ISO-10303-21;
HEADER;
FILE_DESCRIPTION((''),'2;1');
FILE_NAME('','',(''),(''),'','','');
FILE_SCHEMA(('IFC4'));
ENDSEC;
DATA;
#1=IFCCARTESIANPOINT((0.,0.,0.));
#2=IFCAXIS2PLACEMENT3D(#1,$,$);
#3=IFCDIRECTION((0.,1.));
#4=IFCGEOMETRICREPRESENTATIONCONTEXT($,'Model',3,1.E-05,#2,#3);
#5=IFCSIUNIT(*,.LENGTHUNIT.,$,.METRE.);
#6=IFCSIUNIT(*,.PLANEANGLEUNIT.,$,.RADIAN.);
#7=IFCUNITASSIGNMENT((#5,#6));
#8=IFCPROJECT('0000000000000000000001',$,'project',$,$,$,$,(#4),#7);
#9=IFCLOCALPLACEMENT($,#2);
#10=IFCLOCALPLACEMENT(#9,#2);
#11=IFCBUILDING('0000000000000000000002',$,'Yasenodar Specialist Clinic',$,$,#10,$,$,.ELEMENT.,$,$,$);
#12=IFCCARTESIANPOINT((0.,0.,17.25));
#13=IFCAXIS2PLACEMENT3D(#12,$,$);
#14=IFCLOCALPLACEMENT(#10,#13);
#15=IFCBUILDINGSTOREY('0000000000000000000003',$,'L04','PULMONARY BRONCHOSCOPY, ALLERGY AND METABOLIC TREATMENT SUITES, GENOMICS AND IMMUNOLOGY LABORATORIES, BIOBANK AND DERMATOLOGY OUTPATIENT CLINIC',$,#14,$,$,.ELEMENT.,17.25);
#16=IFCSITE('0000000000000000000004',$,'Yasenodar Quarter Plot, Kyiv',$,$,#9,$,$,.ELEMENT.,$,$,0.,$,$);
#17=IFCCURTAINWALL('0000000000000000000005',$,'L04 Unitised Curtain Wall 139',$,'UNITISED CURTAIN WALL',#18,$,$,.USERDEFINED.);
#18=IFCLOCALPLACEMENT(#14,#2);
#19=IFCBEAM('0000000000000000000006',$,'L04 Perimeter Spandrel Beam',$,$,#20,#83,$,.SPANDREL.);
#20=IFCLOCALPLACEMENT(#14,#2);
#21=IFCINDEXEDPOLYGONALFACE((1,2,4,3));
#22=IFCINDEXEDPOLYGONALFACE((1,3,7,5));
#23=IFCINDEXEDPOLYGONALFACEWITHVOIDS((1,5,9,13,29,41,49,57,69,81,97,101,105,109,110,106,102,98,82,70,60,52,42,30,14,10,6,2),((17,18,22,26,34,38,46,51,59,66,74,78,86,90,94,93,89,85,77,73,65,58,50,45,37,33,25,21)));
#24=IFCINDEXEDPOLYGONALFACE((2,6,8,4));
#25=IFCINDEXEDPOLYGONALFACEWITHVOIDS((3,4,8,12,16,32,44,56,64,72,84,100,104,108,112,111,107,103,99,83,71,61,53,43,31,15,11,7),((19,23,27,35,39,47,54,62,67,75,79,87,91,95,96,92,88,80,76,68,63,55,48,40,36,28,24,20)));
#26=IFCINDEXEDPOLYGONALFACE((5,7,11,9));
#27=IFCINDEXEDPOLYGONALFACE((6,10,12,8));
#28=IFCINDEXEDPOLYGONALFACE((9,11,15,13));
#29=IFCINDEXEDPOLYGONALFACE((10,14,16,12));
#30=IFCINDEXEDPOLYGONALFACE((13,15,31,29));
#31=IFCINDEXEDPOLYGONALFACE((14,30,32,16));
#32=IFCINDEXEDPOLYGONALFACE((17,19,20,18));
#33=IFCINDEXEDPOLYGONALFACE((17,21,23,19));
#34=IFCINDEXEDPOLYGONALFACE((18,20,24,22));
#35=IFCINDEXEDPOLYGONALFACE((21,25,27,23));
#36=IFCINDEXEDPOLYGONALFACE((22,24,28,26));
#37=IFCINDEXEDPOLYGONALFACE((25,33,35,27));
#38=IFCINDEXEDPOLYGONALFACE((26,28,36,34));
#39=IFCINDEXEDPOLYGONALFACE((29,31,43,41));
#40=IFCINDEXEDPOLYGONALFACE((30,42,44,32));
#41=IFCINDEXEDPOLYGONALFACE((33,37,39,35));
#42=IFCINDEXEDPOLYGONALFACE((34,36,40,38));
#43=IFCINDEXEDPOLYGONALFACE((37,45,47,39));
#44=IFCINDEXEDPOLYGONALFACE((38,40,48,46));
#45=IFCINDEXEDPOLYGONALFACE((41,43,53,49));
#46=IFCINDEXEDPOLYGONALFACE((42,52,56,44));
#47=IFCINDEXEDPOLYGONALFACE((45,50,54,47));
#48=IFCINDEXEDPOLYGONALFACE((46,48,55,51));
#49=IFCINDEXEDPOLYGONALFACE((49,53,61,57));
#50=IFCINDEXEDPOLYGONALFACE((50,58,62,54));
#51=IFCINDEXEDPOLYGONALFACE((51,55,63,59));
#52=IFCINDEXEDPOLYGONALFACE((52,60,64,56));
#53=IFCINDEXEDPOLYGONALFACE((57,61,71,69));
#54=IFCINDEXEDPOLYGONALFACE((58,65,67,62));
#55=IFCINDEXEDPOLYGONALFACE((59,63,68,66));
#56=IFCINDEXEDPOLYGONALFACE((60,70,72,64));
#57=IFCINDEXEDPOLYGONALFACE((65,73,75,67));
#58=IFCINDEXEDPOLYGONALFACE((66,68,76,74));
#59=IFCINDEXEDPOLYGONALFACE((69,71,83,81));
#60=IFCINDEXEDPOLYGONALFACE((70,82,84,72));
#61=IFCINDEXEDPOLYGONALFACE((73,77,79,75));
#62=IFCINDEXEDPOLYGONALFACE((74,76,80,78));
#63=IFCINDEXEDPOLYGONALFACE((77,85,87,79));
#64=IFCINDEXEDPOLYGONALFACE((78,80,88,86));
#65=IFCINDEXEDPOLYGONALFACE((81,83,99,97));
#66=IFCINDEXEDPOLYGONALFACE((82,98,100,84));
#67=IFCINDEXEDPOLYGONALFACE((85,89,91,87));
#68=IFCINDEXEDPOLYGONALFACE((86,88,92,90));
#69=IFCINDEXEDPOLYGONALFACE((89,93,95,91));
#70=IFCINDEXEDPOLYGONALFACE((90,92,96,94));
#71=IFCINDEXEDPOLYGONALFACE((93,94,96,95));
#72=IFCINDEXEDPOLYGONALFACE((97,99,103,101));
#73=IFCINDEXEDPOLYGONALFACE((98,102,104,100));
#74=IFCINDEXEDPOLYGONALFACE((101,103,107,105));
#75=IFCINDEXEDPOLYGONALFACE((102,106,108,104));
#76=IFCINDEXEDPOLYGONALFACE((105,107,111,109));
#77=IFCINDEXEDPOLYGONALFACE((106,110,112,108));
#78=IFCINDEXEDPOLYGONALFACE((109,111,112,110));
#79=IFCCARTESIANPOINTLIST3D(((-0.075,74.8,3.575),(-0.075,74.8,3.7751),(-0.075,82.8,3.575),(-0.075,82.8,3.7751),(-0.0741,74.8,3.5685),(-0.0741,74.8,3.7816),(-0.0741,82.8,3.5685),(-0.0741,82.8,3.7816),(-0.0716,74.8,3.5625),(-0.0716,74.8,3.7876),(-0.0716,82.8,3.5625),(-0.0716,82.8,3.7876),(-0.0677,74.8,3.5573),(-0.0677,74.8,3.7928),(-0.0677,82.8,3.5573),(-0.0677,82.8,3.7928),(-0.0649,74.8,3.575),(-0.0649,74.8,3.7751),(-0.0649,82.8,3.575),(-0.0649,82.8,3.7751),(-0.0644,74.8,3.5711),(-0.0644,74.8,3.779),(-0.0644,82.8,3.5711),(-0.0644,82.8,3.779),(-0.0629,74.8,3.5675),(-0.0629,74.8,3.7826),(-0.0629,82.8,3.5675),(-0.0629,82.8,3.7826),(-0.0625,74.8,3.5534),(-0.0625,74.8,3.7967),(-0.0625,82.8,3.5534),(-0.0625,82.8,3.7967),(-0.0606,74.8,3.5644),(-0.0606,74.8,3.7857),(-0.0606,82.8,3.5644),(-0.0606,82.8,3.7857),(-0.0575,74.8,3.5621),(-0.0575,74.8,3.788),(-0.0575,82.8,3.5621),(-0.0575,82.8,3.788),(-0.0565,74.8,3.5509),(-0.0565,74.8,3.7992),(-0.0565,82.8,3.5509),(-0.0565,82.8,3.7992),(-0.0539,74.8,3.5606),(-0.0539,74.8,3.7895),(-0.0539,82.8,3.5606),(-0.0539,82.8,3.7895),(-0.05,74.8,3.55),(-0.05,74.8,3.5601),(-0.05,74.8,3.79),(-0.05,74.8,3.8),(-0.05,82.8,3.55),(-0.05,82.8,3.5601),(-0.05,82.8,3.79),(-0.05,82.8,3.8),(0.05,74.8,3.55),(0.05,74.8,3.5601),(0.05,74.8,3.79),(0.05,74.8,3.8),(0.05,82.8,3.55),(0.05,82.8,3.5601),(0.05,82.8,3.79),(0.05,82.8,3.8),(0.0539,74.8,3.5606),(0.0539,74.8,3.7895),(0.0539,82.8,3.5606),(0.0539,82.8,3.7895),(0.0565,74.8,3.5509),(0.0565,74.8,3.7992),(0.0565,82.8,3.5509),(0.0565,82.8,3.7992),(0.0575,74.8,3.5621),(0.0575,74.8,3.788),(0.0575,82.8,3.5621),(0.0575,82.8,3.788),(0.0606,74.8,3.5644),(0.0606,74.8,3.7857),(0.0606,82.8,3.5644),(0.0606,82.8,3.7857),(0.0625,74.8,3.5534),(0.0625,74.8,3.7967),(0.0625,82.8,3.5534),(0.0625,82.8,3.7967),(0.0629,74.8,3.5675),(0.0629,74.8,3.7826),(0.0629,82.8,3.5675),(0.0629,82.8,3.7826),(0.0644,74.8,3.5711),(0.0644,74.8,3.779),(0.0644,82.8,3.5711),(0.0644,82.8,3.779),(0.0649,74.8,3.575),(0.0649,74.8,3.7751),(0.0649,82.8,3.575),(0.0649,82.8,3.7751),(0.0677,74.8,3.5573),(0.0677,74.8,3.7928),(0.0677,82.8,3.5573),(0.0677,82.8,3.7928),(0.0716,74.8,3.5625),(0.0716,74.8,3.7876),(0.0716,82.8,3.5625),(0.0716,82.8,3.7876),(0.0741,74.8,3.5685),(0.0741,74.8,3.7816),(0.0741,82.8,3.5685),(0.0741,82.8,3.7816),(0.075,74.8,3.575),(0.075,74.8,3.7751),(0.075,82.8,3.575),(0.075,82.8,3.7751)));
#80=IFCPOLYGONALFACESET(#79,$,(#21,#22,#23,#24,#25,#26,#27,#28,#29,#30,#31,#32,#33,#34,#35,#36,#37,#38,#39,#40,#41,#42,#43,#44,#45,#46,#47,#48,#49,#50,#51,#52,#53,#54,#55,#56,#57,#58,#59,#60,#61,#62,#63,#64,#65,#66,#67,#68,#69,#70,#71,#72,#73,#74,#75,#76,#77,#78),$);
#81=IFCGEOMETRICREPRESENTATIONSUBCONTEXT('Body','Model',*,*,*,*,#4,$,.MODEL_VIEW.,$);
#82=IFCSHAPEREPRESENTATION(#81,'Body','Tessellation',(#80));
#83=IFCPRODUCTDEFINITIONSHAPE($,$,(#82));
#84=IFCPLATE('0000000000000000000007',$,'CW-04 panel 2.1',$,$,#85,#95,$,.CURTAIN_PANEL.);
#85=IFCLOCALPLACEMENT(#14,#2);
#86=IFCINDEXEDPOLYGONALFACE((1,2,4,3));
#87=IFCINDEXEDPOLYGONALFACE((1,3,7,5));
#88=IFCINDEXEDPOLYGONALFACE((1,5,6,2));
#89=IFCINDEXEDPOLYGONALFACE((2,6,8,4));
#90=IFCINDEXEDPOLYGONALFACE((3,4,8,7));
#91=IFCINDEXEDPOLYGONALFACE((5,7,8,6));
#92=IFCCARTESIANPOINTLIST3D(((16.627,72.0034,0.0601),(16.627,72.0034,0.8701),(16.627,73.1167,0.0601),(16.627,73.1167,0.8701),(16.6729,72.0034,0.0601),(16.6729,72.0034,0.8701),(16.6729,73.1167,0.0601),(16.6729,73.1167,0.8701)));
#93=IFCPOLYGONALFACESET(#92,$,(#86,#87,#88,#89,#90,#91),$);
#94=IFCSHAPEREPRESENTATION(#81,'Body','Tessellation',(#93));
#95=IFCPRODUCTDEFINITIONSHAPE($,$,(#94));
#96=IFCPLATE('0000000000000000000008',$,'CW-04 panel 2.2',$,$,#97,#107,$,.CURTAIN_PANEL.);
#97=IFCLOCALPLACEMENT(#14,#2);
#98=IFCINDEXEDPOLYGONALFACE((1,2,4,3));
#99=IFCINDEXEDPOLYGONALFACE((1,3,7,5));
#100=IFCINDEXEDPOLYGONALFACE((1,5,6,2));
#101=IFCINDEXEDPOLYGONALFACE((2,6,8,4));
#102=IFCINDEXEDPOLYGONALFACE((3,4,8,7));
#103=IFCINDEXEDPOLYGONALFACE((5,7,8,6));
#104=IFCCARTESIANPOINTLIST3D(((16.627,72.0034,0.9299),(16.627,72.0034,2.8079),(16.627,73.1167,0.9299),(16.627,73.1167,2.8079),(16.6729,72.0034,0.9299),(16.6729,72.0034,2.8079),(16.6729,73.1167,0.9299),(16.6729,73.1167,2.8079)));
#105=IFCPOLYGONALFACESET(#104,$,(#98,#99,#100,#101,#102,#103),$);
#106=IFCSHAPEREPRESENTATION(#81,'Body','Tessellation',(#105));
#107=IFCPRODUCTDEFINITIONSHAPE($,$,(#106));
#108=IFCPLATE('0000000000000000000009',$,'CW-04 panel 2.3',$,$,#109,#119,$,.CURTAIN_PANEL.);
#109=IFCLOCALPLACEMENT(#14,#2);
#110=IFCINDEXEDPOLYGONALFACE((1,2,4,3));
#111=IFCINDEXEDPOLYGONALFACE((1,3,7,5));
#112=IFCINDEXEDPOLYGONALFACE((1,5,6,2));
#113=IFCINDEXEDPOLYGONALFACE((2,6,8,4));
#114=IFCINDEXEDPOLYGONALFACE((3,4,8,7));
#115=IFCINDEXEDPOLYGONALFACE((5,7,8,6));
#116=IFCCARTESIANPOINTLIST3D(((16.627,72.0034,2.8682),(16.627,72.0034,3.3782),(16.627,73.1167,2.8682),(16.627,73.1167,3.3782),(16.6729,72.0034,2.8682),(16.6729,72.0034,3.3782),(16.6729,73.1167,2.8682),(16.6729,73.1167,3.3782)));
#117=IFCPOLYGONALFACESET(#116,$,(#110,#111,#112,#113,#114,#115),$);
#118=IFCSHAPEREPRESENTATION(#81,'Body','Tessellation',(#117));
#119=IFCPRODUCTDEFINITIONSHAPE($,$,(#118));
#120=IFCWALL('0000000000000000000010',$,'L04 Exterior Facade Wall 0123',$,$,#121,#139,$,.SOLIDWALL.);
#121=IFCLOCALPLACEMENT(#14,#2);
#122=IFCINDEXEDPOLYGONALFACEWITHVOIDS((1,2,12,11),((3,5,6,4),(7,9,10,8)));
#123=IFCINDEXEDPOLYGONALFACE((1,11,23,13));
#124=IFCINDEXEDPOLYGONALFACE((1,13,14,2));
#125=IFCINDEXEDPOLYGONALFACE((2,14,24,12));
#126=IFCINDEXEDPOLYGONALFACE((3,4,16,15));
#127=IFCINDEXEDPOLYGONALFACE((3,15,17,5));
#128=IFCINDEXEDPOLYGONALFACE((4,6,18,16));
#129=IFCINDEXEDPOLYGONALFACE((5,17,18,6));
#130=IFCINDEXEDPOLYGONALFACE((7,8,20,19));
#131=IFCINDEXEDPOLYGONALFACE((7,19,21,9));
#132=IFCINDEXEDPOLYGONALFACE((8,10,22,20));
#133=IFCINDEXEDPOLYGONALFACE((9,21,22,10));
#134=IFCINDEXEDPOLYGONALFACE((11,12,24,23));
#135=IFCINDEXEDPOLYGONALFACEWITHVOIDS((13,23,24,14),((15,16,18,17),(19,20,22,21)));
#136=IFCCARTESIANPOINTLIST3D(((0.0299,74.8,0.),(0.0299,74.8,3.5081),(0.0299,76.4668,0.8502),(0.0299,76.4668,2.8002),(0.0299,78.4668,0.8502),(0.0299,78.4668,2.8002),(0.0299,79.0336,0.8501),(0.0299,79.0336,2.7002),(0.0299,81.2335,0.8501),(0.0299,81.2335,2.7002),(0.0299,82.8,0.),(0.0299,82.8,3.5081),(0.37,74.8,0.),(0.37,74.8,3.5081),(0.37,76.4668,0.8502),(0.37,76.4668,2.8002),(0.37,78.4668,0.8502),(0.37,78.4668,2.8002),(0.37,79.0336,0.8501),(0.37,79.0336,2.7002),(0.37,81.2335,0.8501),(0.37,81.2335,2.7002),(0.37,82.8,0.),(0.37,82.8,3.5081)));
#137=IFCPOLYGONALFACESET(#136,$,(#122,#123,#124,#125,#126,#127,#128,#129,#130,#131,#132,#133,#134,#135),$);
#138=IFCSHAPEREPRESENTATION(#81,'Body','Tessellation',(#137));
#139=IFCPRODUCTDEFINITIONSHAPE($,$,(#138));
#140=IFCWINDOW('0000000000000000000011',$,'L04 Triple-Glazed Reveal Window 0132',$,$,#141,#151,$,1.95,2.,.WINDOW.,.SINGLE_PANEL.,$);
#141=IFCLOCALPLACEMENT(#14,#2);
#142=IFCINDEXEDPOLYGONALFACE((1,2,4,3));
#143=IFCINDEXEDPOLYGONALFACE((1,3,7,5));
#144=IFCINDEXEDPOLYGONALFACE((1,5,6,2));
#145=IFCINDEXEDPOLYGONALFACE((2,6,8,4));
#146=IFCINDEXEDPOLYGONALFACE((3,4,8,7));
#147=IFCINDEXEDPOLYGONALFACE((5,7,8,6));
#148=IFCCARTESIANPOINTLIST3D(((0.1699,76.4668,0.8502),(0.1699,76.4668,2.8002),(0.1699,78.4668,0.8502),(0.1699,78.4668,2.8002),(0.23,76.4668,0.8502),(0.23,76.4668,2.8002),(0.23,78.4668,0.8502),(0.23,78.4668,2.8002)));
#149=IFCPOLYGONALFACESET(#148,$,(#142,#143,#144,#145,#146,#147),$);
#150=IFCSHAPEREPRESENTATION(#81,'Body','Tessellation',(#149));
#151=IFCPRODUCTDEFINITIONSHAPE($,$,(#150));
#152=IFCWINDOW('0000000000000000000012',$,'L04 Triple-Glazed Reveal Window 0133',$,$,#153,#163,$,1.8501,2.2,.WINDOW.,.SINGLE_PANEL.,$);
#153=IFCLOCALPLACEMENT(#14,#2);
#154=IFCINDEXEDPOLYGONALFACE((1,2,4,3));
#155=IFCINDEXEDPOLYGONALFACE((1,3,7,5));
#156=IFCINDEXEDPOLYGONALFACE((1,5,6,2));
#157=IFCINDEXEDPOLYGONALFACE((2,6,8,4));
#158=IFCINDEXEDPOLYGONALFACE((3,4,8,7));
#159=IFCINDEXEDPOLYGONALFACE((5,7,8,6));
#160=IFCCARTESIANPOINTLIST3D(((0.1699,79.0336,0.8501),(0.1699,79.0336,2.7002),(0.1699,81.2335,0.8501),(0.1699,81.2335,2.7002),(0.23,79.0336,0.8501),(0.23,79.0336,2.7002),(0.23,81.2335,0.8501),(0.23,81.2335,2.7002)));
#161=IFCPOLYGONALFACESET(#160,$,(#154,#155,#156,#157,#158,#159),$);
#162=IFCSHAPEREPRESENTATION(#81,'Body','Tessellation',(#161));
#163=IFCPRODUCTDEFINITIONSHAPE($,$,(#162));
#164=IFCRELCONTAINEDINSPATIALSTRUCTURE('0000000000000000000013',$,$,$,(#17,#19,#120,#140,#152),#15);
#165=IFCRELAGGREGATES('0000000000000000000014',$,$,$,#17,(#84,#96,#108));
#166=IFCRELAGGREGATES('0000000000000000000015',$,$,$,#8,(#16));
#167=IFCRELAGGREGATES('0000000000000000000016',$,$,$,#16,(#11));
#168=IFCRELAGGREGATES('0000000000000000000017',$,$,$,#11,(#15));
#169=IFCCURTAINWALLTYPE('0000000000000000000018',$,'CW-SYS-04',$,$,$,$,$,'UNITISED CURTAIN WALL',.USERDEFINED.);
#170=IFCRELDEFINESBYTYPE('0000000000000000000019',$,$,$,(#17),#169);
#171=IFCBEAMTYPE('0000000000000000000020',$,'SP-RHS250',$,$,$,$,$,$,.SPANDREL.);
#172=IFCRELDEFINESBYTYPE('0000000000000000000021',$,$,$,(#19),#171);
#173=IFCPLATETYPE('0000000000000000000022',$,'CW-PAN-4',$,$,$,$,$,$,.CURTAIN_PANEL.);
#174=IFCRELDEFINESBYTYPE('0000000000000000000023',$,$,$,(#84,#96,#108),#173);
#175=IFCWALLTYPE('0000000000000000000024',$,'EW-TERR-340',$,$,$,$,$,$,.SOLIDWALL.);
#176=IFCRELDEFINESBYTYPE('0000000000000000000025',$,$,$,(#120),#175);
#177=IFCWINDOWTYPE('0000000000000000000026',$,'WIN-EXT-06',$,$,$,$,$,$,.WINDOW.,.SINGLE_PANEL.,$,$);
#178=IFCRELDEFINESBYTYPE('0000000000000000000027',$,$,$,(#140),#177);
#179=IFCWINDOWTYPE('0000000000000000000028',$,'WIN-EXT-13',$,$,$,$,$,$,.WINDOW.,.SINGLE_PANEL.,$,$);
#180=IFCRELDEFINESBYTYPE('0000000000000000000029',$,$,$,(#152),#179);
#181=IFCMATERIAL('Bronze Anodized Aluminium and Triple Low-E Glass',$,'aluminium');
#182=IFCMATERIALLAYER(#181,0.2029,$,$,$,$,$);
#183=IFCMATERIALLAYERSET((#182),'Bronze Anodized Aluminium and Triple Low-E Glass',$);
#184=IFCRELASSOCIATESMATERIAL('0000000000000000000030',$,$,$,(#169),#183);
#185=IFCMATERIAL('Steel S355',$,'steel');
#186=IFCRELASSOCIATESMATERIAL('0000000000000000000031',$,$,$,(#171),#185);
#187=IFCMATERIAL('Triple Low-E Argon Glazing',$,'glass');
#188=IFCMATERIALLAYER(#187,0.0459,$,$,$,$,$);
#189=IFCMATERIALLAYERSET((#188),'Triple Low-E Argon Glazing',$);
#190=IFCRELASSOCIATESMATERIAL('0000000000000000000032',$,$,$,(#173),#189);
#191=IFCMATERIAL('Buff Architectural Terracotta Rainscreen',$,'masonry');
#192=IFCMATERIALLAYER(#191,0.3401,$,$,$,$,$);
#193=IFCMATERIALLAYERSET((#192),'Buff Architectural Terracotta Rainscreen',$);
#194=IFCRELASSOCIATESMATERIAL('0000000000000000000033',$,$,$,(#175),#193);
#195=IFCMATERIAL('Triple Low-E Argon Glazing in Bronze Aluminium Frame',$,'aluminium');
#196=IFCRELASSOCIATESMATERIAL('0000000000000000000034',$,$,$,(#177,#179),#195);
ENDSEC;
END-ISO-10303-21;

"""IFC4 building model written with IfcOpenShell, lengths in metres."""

from ifc_helpers import new_model, si_unit, direction, frame, frame_2d, origin, origin_2d, place, context, subcontext, project, spatial, rectangle, hollow_rectangle, extrude, material, layer, layer_set, material_profile, profile_set, type_object, element, fill, aggregate, save


model = new_model("IFC4")

# Units and contexts
model_context = context("Model", 3, precision=1e-05, world=origin(), true_north=direction((0.0, 1.0)))
body_context = subcontext(model_context, "Body", "Model", "MODEL_VIEW")
ifc_project = project(units=[si_unit("LENGTHUNIT", "METRE"), si_unit("PLANEANGLEUNIT", "RADIAN")], contexts=[model_context])

# Site, building, storey
site_placement = place(None, origin())
site = spatial("IfcSite", under=ifc_project, at=site_placement, Name="Yasenodar Quarter Plot, Kyiv", CompositionType="ELEMENT", RefElevation=0.0)
building_placement = place(site_placement, origin())
building = spatial("IfcBuilding", under=site, at=building_placement, Name="Yasenodar Specialist Clinic", CompositionType="ELEMENT")
storey_placement = place(building_placement, frame((0.0, 0.0, 17.25)))
storey = spatial("IfcBuildingStorey", under=building, at=storey_placement, Name="L04", Description="PULMONARY BRONCHOSCOPY, ALLERGY AND METABOLIC TREATMENT SUITES, GENOMICS AND IMMUNOLOGY LABORATORIES, BIOBANK AND DERMATOLOGY OUTPATIENT CLINIC", CompositionType="ELEMENT", Elevation=17.25)

# Shared definitions
ifc_material_1 = material(Name="Steel S355", Category="steel")

# Curtain wall
ifc_material_2 = material(Name="Bronze Anodized Aluminium and Triple Low-E Glass", Category="aluminium")
ifc_layer_1 = layer(ifc_material_2, 0.2029)
ifc_layer_set_1 = layer_set([ifc_layer_1], Name="Bronze Anodized Aluminium and Triple Low-E Glass")
curtain_wall_type = type_object("IfcCurtainWallType", Name="CW-SYS-04", ElementType="UNITISED CURTAIN WALL", PredefinedType="USERDEFINED", material=ifc_layer_set_1)
curtain_wall_placement = place(storey_placement, origin())
curtain_wall = element("IfcCurtainWall", 1, at=curtain_wall_placement, inside=storey, type_object=curtain_wall_type, Name="L04 Unitised Curtain Wall 139", ObjectType="UNITISED CURTAIN WALL", PredefinedType="USERDEFINED")

# Beam
ifc_material_profile_1 = material_profile(ifc_material_1, hollow_rectangle(XDim=0.1499, YDim=0.25, WallThickness=0.01, InnerFilletRadius=0.0149, OuterFilletRadius=0.0249, at=origin_2d()), Name="RHS 250x150x10")
ifc_profile_set_1 = profile_set([ifc_material_profile_1], Name="Steel S355")
beam_type_1 = type_object("IfcBeamType", Name="SP-RHS250", PredefinedType="SPANDREL", material=ifc_profile_set_1)
beam_1_placement = place(storey_placement, frame((0.0, 74.8, 3.675), z_axis=(0.0, 1.0, 0.0), x_axis=(-1.0, 0.0, 0.0)))
element("IfcBeam", 2, at=beam_1_placement, inside=storey, type_object=beam_type_1, Name="L04 Perimeter Spandrel Beam", PredefinedType="SPANDREL", context=body_context, shape_type="SweptSolid", body=[
    extrude(hollow_rectangle(XDim=0.1499, YDim=0.25, WallThickness=0.01, InnerFilletRadius=0.0149, OuterFilletRadius=0.0249, at=origin_2d()), origin(), (0.0, 0.0, 1.0), 8.0),
])

# Plates
ifc_material_3 = material(Name="Triple Low-E Argon Glazing", Category="glass")
ifc_layer_2 = layer(ifc_material_3, 0.0459)
ifc_layer_set_2 = layer_set([ifc_layer_2], Name="Triple Low-E Argon Glazing")
plate_type = type_object("IfcPlateType", Name="CW-PAN-4", PredefinedType="CURTAIN_PANEL", material=ifc_layer_set_2)
plate_1_placement = place(storey_placement, frame((16.6499, 72.5601, 0.0601), z_axis=(0.0, 0.0, 1.0), x_axis=(0.0, -1.0, 0.0)))
plate_1 = element("IfcPlate", 3, at=plate_1_placement, type_object=plate_type, Name="CW-04 panel 2.1", PredefinedType="CURTAIN_PANEL", context=body_context, shape_type="SweptSolid", body=[
    extrude(rectangle(XDim=1.1133, YDim=0.0459, at=origin_2d()), origin(), (0.0, 0.0, 1.0), 0.8101),
])
plate_2_placement = place(storey_placement, frame((16.6499, 72.5601, 0.9299), z_axis=(0.0, 0.0, 1.0), x_axis=(0.0, -1.0, 0.0)))
plate_2 = element("IfcPlate", 4, at=plate_2_placement, type_object=plate_type, Name="CW-04 panel 2.2", PredefinedType="CURTAIN_PANEL", context=body_context, shape_type="SweptSolid", body=[
    extrude(rectangle(XDim=1.1133, YDim=0.0459, at=origin_2d()), origin(), (0.0, 0.0, 1.0), 1.8779),
])
plate_3_placement = place(storey_placement, frame((16.6499, 72.5601, 2.8682), z_axis=(0.0, 0.0, 1.0), x_axis=(0.0, -1.0, 0.0)))
plate_3 = element("IfcPlate", 5, at=plate_3_placement, type_object=plate_type, Name="CW-04 panel 2.3", PredefinedType="CURTAIN_PANEL", context=body_context, shape_type="SweptSolid", body=[
    extrude(rectangle(XDim=1.1133, YDim=0.0459, at=origin_2d()), origin(), (0.0, 0.0, 1.0), 0.51),
])
aggregate(curtain_wall, [plate_1, plate_2, plate_3])

# Wall, openings, windows
ifc_material_4 = material(Name="Buff Architectural Terracotta Rainscreen", Category="masonry")
ifc_layer_3 = layer(ifc_material_4, 0.3401)
ifc_layer_set_3 = layer_set([ifc_layer_3], Name="Buff Architectural Terracotta Rainscreen")
wall_type = type_object("IfcWallType", Name="EW-TERR-340", PredefinedType="SOLIDWALL", material=ifc_layer_set_3)
wall_1_placement = place(storey_placement, frame((0.2, 74.8, 0.0), z_axis=(0.0, 0.0, 1.0), x_axis=(0.0, 1.0, 0.0)))
wall_1 = element("IfcWall", 6, at=wall_1_placement, inside=storey, type_object=wall_type, Name="L04 Exterior Facade Wall 0123", PredefinedType="SOLIDWALL", context=body_context, shape_type="SweptSolid", body=[
    extrude(rectangle(XDim=8.0, YDim=0.3401, at=frame_2d((4.0, 0.0))), origin(), (0.0, 0.0, 1.0), 3.5081),
])
opening_1_placement = place(wall_1_placement, frame((1.6667, 0.0, 0.8501)))
opening_1 = element("IfcOpeningElement", 7, at=opening_1_placement, cuts=wall_1, PredefinedType="OPENING", context=body_context, shape_type="SweptSolid", body=[
    extrude(rectangle(XDim=2.0, YDim=1.95, at=frame_2d((1.0, 0.9751))), frame((0.0, 0.1802, 0.0), z_axis=(0.0, -1.0, 0.0), x_axis=(1.0, 0.0, 0.0)), (0.0, 0.0, 1.0), 0.3601),
])
opening_2_placement = place(wall_1_placement, frame((4.2334, 0.0, 0.8501)))
opening_2 = element("IfcOpeningElement", 8, at=opening_2_placement, cuts=wall_1, PredefinedType="OPENING", context=body_context, shape_type="SweptSolid", body=[
    extrude(rectangle(XDim=2.2, YDim=1.8501, at=frame_2d((1.1001, 0.925))), frame((0.0, 0.1802, 0.0), z_axis=(0.0, -1.0, 0.0), x_axis=(1.0, 0.0, 0.0)), (0.0, 0.0, 1.0), 0.3601),
])
ifc_material_5 = material(Name="Triple Low-E Argon Glazing in Bronze Aluminium Frame", Category="aluminium")
window_type_1 = type_object("IfcWindowType", Name="WIN-EXT-06", PartitioningType="SINGLE_PANEL", PredefinedType="WINDOW", material=ifc_material_5)
window_1_placement = place(opening_1_placement, origin())
window_1 = element("IfcWindow", 9, at=window_1_placement, inside=storey, type_object=window_type_1, Name="L04 Triple-Glazed Reveal Window 0132", OverallHeight=1.95, OverallWidth=2.0, PartitioningType="SINGLE_PANEL", PredefinedType="WINDOW", context=body_context, shape_type="SweptSolid", body=[
    extrude(rectangle(XDim=2.0, YDim=1.95, at=frame_2d((1.0, 0.9751))), frame((0.0, 0.03, 0.0), z_axis=(0.0, -1.0, 0.0), x_axis=(1.0, 0.0, 0.0)), (0.0, 0.0, 1.0), 0.0601),
])
fill(opening_1, window_1)
window_type_2 = type_object("IfcWindowType", Name="WIN-EXT-13", PartitioningType="SINGLE_PANEL", PredefinedType="WINDOW", material=ifc_material_5)
window_2_placement = place(opening_2_placement, origin())
window_2 = element("IfcWindow", 10, at=window_2_placement, inside=storey, type_object=window_type_2, Name="L04 Triple-Glazed Reveal Window 0133", OverallHeight=1.8501, OverallWidth=2.2, PartitioningType="SINGLE_PANEL", PredefinedType="WINDOW", context=body_context, shape_type="SweptSolid", body=[
    extrude(rectangle(XDim=2.2, YDim=1.8501, at=frame_2d((1.1001, 0.925))), frame((0.0, 0.03, 0.0), z_axis=(0.0, -1.0, 0.0), x_axis=(1.0, 0.0, 0.0)), (0.0, 0.0, 1.0), 0.0601),
])
fill(opening_2, window_2)

save(model, "model.ifc")
